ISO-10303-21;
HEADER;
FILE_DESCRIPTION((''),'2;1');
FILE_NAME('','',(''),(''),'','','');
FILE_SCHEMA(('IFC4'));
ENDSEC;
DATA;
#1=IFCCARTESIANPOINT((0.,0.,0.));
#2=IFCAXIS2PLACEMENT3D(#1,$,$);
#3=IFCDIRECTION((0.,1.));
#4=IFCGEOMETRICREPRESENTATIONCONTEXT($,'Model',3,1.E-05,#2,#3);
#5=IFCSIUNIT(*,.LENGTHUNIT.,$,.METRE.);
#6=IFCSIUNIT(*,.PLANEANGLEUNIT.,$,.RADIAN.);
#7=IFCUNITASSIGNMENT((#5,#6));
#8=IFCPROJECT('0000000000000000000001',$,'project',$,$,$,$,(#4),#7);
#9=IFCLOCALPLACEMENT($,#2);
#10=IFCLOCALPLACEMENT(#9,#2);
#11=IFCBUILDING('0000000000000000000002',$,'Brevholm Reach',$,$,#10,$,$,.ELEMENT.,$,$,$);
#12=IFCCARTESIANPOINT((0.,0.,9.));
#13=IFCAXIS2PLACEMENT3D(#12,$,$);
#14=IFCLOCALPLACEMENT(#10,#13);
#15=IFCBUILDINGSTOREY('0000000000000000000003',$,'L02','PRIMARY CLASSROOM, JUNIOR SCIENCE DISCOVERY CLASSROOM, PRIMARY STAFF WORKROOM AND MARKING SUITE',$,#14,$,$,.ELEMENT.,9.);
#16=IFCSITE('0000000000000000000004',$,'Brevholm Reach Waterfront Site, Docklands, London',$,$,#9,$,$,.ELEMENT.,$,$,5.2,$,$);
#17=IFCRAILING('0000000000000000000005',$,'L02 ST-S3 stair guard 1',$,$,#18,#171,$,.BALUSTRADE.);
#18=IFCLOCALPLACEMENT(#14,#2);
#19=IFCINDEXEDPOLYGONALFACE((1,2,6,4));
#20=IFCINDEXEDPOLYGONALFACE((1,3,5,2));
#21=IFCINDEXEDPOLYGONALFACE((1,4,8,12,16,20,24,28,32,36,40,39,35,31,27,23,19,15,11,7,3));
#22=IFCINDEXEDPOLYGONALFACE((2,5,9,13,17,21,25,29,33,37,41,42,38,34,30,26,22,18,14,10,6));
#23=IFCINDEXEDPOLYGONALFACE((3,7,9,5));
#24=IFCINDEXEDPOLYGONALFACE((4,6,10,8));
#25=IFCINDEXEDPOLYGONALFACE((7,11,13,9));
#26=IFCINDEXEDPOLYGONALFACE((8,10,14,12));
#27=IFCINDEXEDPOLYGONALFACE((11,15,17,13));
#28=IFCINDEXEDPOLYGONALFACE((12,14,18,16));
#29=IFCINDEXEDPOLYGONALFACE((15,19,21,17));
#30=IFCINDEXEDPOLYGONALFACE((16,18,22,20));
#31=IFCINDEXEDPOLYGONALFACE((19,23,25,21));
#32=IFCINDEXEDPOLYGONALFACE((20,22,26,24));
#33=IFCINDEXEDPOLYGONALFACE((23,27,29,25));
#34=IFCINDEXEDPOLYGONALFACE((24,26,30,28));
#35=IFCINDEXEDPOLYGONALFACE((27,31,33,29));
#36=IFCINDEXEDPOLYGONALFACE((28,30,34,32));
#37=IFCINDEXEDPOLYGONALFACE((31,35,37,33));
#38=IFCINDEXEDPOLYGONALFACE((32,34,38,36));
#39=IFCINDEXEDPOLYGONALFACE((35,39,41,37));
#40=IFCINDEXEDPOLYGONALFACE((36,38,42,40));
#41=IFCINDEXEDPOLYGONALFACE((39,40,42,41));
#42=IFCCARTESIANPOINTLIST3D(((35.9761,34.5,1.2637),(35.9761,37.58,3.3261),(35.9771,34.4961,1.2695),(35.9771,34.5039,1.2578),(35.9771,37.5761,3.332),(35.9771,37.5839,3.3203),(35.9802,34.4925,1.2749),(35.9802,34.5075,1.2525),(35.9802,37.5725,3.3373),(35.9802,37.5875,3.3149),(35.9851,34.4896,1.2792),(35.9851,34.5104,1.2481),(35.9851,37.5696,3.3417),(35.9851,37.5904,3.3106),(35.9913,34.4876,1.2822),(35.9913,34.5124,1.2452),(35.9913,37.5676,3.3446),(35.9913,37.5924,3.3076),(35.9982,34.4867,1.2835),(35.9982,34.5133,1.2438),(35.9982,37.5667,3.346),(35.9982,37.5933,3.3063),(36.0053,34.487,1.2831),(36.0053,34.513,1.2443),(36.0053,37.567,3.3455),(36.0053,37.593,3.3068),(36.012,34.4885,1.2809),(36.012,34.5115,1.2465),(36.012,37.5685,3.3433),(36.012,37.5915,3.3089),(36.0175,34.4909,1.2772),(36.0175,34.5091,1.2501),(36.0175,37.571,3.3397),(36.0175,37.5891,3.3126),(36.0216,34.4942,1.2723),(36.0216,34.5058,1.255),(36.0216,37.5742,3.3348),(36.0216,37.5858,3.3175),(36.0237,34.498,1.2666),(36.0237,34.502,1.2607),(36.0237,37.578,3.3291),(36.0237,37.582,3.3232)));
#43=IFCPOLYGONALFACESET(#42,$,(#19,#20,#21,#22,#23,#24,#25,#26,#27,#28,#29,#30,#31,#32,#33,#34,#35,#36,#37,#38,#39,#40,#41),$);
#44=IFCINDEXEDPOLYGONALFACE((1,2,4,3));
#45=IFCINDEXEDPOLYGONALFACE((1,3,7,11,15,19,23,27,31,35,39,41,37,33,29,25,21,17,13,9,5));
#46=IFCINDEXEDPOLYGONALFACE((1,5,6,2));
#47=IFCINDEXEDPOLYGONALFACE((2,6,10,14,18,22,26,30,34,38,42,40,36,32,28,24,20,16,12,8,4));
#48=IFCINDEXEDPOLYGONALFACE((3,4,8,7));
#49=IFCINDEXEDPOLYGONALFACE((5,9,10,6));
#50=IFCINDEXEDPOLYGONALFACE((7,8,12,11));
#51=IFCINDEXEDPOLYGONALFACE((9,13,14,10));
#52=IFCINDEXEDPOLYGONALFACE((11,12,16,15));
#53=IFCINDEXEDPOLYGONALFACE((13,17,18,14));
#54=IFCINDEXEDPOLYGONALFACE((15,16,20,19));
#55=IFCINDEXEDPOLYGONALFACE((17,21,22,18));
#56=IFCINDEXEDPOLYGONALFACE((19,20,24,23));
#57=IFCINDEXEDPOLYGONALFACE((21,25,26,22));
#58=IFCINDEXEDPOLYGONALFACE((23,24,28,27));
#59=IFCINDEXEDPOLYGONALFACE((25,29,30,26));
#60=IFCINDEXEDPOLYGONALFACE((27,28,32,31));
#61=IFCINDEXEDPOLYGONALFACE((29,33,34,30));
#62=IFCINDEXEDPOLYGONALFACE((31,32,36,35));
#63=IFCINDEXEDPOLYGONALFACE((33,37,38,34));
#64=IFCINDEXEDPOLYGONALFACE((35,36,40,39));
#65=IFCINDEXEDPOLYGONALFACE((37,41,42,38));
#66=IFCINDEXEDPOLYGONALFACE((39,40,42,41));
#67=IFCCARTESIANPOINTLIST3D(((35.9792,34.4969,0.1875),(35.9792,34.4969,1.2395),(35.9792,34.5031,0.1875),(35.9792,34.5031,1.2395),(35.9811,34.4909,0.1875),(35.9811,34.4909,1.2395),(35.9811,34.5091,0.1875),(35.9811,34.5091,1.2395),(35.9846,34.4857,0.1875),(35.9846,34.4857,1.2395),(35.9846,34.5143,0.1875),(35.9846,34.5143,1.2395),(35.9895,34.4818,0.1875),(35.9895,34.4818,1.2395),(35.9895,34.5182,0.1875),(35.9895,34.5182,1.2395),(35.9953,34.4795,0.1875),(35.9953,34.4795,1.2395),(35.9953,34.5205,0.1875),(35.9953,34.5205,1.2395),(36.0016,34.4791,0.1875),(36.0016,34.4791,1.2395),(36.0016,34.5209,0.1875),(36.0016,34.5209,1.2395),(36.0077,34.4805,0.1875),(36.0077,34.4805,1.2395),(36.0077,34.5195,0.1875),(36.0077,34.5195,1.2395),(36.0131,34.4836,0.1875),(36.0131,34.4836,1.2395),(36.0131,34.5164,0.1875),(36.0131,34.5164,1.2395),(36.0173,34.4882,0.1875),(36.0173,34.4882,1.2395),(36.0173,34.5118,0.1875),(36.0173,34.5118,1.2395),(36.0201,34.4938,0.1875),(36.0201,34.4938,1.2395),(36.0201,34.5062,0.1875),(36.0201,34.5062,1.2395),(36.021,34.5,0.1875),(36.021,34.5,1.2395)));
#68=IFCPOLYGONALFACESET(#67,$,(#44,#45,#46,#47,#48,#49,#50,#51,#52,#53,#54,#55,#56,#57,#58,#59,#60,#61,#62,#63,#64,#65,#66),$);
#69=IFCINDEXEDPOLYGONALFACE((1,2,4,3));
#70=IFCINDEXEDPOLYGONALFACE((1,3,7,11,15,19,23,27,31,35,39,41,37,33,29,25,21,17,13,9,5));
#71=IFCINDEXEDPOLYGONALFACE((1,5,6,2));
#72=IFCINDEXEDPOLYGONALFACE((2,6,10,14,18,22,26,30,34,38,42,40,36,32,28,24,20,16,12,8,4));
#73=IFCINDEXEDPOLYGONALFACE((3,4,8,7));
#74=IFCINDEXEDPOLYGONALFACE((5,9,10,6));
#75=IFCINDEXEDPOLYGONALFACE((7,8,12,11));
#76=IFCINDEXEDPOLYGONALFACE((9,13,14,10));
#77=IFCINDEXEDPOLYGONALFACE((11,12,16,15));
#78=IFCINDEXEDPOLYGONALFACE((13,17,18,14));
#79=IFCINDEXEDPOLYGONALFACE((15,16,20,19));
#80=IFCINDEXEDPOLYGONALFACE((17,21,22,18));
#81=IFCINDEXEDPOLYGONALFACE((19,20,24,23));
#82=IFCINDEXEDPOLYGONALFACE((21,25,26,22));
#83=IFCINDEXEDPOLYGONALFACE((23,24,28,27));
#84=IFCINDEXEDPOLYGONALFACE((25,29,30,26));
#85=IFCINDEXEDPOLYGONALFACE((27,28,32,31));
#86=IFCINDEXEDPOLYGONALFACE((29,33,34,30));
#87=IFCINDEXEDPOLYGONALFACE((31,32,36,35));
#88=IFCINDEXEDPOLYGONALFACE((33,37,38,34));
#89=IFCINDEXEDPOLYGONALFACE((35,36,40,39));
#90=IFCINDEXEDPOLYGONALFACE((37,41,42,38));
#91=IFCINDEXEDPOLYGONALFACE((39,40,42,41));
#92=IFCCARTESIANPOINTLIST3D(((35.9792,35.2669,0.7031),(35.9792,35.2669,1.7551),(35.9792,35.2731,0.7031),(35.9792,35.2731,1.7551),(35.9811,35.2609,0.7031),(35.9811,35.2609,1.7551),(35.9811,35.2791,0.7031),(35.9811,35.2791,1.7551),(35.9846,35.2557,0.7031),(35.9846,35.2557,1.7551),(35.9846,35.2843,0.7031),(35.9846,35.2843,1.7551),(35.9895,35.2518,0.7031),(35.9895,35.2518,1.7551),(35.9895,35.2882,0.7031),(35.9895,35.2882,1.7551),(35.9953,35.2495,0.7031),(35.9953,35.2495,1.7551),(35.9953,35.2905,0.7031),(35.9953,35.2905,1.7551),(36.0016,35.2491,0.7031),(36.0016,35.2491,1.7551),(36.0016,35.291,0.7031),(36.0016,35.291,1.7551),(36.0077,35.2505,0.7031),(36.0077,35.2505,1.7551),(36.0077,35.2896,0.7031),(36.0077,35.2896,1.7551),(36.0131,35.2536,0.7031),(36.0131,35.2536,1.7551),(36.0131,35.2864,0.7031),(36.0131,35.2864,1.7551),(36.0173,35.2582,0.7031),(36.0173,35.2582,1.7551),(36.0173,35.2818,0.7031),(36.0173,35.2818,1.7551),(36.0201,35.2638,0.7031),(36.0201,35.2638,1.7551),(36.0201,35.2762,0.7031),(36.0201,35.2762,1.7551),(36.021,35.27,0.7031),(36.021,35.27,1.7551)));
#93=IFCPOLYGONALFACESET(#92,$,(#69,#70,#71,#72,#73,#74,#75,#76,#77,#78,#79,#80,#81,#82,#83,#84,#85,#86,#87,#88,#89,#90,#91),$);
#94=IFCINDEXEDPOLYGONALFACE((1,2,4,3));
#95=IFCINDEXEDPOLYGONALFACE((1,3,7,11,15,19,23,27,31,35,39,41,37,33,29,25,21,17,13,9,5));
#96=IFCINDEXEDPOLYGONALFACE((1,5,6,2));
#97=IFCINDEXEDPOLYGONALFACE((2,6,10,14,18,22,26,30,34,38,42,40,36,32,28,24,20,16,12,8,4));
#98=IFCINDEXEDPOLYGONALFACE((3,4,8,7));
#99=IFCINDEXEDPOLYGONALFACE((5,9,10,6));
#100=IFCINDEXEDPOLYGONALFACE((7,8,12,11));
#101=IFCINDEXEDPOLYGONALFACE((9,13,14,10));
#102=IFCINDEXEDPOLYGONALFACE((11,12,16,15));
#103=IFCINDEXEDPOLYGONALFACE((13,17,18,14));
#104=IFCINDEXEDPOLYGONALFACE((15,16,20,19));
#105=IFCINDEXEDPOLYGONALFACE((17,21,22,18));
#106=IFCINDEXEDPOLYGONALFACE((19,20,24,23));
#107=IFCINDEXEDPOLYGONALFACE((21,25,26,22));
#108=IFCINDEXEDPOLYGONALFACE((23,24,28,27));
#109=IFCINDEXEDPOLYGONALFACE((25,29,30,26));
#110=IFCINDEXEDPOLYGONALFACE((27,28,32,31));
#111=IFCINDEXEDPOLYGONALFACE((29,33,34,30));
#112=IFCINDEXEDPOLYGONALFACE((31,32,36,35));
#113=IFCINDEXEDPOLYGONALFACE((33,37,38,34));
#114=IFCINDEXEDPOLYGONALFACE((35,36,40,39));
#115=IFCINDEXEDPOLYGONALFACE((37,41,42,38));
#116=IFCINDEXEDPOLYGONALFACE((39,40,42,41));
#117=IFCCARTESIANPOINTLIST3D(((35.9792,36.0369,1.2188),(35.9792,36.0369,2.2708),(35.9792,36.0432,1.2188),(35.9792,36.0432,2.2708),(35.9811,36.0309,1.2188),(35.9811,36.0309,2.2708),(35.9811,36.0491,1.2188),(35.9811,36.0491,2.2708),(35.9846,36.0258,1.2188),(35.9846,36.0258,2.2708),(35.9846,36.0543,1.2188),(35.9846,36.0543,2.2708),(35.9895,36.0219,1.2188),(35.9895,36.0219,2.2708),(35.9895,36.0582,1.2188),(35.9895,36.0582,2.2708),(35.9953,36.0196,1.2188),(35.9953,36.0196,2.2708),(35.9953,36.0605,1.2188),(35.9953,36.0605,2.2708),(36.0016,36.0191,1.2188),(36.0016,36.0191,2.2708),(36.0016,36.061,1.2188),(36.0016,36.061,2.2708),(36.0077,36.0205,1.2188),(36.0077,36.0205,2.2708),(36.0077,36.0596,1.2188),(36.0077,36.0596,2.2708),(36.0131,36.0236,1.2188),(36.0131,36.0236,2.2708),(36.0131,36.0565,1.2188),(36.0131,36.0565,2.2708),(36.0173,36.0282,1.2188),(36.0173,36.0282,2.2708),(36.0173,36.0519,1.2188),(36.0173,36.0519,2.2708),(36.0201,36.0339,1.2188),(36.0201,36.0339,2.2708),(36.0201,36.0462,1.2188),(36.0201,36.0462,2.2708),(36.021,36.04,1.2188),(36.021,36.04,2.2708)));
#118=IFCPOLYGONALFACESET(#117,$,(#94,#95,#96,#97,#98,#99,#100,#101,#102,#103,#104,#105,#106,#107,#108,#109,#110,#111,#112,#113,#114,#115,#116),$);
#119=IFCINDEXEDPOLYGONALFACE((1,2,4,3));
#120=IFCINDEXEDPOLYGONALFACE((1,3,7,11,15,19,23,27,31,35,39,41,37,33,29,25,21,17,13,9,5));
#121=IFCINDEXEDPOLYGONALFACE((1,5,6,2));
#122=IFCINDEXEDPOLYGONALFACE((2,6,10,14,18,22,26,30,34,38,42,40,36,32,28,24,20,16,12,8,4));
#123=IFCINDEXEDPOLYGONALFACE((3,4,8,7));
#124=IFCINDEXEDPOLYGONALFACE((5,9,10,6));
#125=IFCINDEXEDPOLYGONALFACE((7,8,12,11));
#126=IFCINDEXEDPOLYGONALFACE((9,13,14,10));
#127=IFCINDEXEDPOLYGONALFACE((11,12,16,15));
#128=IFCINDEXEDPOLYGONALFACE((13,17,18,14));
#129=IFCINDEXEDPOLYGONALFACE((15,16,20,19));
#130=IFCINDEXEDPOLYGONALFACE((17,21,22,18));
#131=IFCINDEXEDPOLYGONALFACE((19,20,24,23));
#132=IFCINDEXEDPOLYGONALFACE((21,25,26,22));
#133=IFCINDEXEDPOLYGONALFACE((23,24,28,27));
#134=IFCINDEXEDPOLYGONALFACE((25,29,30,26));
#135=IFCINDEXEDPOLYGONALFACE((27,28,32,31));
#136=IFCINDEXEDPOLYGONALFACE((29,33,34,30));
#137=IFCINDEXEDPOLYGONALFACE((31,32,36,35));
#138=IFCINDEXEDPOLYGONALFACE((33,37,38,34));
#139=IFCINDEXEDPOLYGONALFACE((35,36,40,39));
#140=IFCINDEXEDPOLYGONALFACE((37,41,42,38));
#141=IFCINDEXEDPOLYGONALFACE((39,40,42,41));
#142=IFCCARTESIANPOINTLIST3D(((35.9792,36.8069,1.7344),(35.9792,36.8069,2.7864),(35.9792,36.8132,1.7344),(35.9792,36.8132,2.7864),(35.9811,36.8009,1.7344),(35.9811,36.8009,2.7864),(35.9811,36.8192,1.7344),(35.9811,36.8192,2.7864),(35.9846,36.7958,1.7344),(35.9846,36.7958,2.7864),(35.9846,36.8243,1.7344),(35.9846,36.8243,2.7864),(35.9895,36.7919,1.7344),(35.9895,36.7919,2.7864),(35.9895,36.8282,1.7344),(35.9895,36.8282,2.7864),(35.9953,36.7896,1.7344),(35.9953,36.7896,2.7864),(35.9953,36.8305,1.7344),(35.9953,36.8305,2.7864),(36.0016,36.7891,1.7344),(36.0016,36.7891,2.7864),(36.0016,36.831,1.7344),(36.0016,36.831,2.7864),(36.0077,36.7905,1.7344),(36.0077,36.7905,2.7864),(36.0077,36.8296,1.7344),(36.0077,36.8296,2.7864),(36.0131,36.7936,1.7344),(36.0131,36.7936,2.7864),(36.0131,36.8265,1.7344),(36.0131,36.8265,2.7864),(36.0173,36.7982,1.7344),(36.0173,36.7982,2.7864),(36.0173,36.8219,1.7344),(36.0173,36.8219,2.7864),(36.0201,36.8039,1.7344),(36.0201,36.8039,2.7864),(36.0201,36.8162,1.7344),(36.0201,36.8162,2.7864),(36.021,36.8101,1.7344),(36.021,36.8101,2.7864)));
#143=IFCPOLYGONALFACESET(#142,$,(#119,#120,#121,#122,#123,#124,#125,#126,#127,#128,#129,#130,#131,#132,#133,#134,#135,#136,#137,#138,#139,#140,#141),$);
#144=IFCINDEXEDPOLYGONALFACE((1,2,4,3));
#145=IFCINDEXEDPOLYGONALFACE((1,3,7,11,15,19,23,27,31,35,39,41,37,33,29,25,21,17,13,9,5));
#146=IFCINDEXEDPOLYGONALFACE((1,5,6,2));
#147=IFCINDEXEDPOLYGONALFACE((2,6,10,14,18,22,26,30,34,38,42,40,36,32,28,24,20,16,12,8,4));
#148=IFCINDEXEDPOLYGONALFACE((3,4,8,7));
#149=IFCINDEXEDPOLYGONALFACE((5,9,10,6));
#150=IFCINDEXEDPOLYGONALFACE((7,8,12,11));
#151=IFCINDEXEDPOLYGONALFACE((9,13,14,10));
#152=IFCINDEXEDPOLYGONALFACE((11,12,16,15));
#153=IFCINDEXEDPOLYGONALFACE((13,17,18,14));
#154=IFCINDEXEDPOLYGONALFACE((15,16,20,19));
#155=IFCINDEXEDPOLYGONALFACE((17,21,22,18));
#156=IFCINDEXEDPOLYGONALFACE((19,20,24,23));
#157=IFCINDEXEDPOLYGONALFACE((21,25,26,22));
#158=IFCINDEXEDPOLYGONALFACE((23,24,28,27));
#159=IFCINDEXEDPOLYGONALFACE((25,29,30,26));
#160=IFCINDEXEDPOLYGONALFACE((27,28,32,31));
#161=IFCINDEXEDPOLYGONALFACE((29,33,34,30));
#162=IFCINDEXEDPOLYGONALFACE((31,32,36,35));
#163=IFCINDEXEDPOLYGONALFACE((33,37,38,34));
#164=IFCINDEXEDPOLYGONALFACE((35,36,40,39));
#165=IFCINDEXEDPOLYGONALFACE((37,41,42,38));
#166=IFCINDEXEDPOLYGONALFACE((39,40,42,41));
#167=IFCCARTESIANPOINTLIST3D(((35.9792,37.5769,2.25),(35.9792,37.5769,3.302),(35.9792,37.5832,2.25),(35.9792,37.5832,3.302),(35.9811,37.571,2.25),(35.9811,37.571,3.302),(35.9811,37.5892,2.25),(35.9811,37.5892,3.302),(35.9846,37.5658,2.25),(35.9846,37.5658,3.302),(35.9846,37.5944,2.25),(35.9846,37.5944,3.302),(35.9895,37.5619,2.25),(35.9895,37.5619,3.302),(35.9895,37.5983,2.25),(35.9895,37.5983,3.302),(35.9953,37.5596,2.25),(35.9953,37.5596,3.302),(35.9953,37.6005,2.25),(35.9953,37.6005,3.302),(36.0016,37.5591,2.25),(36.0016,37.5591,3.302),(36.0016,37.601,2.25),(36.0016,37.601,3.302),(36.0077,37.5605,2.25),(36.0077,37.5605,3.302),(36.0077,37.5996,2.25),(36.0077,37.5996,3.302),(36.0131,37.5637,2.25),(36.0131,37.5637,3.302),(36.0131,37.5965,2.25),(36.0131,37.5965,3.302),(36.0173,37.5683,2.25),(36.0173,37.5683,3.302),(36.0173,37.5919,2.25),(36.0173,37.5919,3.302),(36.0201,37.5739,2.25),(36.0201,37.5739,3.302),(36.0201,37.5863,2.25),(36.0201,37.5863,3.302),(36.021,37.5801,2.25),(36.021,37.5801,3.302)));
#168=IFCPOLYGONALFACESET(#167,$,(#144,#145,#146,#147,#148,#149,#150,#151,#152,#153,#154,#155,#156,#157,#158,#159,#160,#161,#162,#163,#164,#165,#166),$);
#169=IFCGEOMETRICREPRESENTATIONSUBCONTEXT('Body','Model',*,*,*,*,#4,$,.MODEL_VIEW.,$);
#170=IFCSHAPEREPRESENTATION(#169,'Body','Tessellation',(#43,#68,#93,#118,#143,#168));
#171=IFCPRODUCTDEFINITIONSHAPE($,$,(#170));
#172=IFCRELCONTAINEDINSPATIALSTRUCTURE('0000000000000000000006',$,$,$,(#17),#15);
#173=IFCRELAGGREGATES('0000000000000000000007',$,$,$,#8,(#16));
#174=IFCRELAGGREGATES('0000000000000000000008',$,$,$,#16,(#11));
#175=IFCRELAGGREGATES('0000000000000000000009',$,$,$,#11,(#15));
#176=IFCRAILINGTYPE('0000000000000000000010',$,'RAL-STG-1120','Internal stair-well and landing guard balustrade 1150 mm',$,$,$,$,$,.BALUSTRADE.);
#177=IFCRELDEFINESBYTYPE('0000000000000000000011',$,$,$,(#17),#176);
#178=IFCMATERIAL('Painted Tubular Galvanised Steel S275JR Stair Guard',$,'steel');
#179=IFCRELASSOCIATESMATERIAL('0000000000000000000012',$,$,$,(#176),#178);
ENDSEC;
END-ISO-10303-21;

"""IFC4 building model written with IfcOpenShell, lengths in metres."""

from ifc_helpers import new_model, si_unit, direction, frame, origin, origin_2d, place, context, subcontext, project, spatial, circle, extrude, material, type_object, element, save


model = new_model("IFC4")

# Units and contexts
model_context = context("Model", 3, precision=1e-05, world=origin(), true_north=direction((0.0, 1.0)))
body_context = subcontext(model_context, "Body", "Model", "MODEL_VIEW")
ifc_project = project(units=[si_unit("LENGTHUNIT", "METRE"), si_unit("PLANEANGLEUNIT", "RADIAN")], contexts=[model_context])

# Site, building, storey
site_placement = place(None, origin())
site = spatial("IfcSite", under=ifc_project, at=site_placement, Name="Brevholm Reach Waterfront Site, Docklands, London", CompositionType="ELEMENT", RefElevation=5.2)
building_placement = place(site_placement, origin())
building = spatial("IfcBuilding", under=site, at=building_placement, Name="Brevholm Reach", CompositionType="ELEMENT")
storey_placement = place(building_placement, frame((0.0, 0.0, 9.0)))
storey = spatial("IfcBuildingStorey", under=building, at=storey_placement, Name="L02", Description="PRIMARY CLASSROOM, JUNIOR SCIENCE DISCOVERY CLASSROOM, PRIMARY STAFF WORKROOM AND MARKING SUITE", CompositionType="ELEMENT", Elevation=9.0)

# Railing
ifc_material_1 = material(Name="Painted Tubular Galvanised Steel S275JR Stair Guard", Category="steel")
railing_type_1 = type_object("IfcRailingType", Name="RAL-STG-1120", Description="Internal stair-well and landing guard balustrade 1150 mm", PredefinedType="BALUSTRADE", material=ifc_material_1)
railing_1_placement = place(storey_placement, frame((36.0, 34.5, 0.1875)))
element("IfcRailing", 1, at=railing_1_placement, inside=storey, type_object=railing_type_1, Name="L02 ST-S3 stair guard 1", PredefinedType="BALUSTRADE", context=body_context, shape_type="SweptSolid", body=[
    extrude(circle(Radius=0.0239, at=origin_2d()), frame((0.0, 0.0, 1.0762), z_axis=(0.0, 0.830914, 0.556401), x_axis=(-1.0, 0.0, 0.0)), (0.0, 0.0, 1.0), 3.7068),
    extrude(circle(Radius=0.021, at=origin_2d()), origin(), (0.0, 0.0, 1.0), 1.052),
    extrude(circle(Radius=0.021, at=origin_2d()), frame((0.0, 0.77, 0.5156)), (0.0, 0.0, 1.0), 1.052),
    extrude(circle(Radius=0.021, at=origin_2d()), frame((0.0, 1.54, 1.0312)), (0.0, 0.0, 1.0), 1.052),
    extrude(circle(Radius=0.021, at=origin_2d()), frame((0.0, 2.3101, 1.5469)), (0.0, 0.0, 1.0), 1.052),
    extrude(circle(Radius=0.021, at=origin_2d()), frame((0.0, 3.0801, 2.0625)), (0.0, 0.0, 1.0), 1.052),
])

save(model, "model.ifc")
